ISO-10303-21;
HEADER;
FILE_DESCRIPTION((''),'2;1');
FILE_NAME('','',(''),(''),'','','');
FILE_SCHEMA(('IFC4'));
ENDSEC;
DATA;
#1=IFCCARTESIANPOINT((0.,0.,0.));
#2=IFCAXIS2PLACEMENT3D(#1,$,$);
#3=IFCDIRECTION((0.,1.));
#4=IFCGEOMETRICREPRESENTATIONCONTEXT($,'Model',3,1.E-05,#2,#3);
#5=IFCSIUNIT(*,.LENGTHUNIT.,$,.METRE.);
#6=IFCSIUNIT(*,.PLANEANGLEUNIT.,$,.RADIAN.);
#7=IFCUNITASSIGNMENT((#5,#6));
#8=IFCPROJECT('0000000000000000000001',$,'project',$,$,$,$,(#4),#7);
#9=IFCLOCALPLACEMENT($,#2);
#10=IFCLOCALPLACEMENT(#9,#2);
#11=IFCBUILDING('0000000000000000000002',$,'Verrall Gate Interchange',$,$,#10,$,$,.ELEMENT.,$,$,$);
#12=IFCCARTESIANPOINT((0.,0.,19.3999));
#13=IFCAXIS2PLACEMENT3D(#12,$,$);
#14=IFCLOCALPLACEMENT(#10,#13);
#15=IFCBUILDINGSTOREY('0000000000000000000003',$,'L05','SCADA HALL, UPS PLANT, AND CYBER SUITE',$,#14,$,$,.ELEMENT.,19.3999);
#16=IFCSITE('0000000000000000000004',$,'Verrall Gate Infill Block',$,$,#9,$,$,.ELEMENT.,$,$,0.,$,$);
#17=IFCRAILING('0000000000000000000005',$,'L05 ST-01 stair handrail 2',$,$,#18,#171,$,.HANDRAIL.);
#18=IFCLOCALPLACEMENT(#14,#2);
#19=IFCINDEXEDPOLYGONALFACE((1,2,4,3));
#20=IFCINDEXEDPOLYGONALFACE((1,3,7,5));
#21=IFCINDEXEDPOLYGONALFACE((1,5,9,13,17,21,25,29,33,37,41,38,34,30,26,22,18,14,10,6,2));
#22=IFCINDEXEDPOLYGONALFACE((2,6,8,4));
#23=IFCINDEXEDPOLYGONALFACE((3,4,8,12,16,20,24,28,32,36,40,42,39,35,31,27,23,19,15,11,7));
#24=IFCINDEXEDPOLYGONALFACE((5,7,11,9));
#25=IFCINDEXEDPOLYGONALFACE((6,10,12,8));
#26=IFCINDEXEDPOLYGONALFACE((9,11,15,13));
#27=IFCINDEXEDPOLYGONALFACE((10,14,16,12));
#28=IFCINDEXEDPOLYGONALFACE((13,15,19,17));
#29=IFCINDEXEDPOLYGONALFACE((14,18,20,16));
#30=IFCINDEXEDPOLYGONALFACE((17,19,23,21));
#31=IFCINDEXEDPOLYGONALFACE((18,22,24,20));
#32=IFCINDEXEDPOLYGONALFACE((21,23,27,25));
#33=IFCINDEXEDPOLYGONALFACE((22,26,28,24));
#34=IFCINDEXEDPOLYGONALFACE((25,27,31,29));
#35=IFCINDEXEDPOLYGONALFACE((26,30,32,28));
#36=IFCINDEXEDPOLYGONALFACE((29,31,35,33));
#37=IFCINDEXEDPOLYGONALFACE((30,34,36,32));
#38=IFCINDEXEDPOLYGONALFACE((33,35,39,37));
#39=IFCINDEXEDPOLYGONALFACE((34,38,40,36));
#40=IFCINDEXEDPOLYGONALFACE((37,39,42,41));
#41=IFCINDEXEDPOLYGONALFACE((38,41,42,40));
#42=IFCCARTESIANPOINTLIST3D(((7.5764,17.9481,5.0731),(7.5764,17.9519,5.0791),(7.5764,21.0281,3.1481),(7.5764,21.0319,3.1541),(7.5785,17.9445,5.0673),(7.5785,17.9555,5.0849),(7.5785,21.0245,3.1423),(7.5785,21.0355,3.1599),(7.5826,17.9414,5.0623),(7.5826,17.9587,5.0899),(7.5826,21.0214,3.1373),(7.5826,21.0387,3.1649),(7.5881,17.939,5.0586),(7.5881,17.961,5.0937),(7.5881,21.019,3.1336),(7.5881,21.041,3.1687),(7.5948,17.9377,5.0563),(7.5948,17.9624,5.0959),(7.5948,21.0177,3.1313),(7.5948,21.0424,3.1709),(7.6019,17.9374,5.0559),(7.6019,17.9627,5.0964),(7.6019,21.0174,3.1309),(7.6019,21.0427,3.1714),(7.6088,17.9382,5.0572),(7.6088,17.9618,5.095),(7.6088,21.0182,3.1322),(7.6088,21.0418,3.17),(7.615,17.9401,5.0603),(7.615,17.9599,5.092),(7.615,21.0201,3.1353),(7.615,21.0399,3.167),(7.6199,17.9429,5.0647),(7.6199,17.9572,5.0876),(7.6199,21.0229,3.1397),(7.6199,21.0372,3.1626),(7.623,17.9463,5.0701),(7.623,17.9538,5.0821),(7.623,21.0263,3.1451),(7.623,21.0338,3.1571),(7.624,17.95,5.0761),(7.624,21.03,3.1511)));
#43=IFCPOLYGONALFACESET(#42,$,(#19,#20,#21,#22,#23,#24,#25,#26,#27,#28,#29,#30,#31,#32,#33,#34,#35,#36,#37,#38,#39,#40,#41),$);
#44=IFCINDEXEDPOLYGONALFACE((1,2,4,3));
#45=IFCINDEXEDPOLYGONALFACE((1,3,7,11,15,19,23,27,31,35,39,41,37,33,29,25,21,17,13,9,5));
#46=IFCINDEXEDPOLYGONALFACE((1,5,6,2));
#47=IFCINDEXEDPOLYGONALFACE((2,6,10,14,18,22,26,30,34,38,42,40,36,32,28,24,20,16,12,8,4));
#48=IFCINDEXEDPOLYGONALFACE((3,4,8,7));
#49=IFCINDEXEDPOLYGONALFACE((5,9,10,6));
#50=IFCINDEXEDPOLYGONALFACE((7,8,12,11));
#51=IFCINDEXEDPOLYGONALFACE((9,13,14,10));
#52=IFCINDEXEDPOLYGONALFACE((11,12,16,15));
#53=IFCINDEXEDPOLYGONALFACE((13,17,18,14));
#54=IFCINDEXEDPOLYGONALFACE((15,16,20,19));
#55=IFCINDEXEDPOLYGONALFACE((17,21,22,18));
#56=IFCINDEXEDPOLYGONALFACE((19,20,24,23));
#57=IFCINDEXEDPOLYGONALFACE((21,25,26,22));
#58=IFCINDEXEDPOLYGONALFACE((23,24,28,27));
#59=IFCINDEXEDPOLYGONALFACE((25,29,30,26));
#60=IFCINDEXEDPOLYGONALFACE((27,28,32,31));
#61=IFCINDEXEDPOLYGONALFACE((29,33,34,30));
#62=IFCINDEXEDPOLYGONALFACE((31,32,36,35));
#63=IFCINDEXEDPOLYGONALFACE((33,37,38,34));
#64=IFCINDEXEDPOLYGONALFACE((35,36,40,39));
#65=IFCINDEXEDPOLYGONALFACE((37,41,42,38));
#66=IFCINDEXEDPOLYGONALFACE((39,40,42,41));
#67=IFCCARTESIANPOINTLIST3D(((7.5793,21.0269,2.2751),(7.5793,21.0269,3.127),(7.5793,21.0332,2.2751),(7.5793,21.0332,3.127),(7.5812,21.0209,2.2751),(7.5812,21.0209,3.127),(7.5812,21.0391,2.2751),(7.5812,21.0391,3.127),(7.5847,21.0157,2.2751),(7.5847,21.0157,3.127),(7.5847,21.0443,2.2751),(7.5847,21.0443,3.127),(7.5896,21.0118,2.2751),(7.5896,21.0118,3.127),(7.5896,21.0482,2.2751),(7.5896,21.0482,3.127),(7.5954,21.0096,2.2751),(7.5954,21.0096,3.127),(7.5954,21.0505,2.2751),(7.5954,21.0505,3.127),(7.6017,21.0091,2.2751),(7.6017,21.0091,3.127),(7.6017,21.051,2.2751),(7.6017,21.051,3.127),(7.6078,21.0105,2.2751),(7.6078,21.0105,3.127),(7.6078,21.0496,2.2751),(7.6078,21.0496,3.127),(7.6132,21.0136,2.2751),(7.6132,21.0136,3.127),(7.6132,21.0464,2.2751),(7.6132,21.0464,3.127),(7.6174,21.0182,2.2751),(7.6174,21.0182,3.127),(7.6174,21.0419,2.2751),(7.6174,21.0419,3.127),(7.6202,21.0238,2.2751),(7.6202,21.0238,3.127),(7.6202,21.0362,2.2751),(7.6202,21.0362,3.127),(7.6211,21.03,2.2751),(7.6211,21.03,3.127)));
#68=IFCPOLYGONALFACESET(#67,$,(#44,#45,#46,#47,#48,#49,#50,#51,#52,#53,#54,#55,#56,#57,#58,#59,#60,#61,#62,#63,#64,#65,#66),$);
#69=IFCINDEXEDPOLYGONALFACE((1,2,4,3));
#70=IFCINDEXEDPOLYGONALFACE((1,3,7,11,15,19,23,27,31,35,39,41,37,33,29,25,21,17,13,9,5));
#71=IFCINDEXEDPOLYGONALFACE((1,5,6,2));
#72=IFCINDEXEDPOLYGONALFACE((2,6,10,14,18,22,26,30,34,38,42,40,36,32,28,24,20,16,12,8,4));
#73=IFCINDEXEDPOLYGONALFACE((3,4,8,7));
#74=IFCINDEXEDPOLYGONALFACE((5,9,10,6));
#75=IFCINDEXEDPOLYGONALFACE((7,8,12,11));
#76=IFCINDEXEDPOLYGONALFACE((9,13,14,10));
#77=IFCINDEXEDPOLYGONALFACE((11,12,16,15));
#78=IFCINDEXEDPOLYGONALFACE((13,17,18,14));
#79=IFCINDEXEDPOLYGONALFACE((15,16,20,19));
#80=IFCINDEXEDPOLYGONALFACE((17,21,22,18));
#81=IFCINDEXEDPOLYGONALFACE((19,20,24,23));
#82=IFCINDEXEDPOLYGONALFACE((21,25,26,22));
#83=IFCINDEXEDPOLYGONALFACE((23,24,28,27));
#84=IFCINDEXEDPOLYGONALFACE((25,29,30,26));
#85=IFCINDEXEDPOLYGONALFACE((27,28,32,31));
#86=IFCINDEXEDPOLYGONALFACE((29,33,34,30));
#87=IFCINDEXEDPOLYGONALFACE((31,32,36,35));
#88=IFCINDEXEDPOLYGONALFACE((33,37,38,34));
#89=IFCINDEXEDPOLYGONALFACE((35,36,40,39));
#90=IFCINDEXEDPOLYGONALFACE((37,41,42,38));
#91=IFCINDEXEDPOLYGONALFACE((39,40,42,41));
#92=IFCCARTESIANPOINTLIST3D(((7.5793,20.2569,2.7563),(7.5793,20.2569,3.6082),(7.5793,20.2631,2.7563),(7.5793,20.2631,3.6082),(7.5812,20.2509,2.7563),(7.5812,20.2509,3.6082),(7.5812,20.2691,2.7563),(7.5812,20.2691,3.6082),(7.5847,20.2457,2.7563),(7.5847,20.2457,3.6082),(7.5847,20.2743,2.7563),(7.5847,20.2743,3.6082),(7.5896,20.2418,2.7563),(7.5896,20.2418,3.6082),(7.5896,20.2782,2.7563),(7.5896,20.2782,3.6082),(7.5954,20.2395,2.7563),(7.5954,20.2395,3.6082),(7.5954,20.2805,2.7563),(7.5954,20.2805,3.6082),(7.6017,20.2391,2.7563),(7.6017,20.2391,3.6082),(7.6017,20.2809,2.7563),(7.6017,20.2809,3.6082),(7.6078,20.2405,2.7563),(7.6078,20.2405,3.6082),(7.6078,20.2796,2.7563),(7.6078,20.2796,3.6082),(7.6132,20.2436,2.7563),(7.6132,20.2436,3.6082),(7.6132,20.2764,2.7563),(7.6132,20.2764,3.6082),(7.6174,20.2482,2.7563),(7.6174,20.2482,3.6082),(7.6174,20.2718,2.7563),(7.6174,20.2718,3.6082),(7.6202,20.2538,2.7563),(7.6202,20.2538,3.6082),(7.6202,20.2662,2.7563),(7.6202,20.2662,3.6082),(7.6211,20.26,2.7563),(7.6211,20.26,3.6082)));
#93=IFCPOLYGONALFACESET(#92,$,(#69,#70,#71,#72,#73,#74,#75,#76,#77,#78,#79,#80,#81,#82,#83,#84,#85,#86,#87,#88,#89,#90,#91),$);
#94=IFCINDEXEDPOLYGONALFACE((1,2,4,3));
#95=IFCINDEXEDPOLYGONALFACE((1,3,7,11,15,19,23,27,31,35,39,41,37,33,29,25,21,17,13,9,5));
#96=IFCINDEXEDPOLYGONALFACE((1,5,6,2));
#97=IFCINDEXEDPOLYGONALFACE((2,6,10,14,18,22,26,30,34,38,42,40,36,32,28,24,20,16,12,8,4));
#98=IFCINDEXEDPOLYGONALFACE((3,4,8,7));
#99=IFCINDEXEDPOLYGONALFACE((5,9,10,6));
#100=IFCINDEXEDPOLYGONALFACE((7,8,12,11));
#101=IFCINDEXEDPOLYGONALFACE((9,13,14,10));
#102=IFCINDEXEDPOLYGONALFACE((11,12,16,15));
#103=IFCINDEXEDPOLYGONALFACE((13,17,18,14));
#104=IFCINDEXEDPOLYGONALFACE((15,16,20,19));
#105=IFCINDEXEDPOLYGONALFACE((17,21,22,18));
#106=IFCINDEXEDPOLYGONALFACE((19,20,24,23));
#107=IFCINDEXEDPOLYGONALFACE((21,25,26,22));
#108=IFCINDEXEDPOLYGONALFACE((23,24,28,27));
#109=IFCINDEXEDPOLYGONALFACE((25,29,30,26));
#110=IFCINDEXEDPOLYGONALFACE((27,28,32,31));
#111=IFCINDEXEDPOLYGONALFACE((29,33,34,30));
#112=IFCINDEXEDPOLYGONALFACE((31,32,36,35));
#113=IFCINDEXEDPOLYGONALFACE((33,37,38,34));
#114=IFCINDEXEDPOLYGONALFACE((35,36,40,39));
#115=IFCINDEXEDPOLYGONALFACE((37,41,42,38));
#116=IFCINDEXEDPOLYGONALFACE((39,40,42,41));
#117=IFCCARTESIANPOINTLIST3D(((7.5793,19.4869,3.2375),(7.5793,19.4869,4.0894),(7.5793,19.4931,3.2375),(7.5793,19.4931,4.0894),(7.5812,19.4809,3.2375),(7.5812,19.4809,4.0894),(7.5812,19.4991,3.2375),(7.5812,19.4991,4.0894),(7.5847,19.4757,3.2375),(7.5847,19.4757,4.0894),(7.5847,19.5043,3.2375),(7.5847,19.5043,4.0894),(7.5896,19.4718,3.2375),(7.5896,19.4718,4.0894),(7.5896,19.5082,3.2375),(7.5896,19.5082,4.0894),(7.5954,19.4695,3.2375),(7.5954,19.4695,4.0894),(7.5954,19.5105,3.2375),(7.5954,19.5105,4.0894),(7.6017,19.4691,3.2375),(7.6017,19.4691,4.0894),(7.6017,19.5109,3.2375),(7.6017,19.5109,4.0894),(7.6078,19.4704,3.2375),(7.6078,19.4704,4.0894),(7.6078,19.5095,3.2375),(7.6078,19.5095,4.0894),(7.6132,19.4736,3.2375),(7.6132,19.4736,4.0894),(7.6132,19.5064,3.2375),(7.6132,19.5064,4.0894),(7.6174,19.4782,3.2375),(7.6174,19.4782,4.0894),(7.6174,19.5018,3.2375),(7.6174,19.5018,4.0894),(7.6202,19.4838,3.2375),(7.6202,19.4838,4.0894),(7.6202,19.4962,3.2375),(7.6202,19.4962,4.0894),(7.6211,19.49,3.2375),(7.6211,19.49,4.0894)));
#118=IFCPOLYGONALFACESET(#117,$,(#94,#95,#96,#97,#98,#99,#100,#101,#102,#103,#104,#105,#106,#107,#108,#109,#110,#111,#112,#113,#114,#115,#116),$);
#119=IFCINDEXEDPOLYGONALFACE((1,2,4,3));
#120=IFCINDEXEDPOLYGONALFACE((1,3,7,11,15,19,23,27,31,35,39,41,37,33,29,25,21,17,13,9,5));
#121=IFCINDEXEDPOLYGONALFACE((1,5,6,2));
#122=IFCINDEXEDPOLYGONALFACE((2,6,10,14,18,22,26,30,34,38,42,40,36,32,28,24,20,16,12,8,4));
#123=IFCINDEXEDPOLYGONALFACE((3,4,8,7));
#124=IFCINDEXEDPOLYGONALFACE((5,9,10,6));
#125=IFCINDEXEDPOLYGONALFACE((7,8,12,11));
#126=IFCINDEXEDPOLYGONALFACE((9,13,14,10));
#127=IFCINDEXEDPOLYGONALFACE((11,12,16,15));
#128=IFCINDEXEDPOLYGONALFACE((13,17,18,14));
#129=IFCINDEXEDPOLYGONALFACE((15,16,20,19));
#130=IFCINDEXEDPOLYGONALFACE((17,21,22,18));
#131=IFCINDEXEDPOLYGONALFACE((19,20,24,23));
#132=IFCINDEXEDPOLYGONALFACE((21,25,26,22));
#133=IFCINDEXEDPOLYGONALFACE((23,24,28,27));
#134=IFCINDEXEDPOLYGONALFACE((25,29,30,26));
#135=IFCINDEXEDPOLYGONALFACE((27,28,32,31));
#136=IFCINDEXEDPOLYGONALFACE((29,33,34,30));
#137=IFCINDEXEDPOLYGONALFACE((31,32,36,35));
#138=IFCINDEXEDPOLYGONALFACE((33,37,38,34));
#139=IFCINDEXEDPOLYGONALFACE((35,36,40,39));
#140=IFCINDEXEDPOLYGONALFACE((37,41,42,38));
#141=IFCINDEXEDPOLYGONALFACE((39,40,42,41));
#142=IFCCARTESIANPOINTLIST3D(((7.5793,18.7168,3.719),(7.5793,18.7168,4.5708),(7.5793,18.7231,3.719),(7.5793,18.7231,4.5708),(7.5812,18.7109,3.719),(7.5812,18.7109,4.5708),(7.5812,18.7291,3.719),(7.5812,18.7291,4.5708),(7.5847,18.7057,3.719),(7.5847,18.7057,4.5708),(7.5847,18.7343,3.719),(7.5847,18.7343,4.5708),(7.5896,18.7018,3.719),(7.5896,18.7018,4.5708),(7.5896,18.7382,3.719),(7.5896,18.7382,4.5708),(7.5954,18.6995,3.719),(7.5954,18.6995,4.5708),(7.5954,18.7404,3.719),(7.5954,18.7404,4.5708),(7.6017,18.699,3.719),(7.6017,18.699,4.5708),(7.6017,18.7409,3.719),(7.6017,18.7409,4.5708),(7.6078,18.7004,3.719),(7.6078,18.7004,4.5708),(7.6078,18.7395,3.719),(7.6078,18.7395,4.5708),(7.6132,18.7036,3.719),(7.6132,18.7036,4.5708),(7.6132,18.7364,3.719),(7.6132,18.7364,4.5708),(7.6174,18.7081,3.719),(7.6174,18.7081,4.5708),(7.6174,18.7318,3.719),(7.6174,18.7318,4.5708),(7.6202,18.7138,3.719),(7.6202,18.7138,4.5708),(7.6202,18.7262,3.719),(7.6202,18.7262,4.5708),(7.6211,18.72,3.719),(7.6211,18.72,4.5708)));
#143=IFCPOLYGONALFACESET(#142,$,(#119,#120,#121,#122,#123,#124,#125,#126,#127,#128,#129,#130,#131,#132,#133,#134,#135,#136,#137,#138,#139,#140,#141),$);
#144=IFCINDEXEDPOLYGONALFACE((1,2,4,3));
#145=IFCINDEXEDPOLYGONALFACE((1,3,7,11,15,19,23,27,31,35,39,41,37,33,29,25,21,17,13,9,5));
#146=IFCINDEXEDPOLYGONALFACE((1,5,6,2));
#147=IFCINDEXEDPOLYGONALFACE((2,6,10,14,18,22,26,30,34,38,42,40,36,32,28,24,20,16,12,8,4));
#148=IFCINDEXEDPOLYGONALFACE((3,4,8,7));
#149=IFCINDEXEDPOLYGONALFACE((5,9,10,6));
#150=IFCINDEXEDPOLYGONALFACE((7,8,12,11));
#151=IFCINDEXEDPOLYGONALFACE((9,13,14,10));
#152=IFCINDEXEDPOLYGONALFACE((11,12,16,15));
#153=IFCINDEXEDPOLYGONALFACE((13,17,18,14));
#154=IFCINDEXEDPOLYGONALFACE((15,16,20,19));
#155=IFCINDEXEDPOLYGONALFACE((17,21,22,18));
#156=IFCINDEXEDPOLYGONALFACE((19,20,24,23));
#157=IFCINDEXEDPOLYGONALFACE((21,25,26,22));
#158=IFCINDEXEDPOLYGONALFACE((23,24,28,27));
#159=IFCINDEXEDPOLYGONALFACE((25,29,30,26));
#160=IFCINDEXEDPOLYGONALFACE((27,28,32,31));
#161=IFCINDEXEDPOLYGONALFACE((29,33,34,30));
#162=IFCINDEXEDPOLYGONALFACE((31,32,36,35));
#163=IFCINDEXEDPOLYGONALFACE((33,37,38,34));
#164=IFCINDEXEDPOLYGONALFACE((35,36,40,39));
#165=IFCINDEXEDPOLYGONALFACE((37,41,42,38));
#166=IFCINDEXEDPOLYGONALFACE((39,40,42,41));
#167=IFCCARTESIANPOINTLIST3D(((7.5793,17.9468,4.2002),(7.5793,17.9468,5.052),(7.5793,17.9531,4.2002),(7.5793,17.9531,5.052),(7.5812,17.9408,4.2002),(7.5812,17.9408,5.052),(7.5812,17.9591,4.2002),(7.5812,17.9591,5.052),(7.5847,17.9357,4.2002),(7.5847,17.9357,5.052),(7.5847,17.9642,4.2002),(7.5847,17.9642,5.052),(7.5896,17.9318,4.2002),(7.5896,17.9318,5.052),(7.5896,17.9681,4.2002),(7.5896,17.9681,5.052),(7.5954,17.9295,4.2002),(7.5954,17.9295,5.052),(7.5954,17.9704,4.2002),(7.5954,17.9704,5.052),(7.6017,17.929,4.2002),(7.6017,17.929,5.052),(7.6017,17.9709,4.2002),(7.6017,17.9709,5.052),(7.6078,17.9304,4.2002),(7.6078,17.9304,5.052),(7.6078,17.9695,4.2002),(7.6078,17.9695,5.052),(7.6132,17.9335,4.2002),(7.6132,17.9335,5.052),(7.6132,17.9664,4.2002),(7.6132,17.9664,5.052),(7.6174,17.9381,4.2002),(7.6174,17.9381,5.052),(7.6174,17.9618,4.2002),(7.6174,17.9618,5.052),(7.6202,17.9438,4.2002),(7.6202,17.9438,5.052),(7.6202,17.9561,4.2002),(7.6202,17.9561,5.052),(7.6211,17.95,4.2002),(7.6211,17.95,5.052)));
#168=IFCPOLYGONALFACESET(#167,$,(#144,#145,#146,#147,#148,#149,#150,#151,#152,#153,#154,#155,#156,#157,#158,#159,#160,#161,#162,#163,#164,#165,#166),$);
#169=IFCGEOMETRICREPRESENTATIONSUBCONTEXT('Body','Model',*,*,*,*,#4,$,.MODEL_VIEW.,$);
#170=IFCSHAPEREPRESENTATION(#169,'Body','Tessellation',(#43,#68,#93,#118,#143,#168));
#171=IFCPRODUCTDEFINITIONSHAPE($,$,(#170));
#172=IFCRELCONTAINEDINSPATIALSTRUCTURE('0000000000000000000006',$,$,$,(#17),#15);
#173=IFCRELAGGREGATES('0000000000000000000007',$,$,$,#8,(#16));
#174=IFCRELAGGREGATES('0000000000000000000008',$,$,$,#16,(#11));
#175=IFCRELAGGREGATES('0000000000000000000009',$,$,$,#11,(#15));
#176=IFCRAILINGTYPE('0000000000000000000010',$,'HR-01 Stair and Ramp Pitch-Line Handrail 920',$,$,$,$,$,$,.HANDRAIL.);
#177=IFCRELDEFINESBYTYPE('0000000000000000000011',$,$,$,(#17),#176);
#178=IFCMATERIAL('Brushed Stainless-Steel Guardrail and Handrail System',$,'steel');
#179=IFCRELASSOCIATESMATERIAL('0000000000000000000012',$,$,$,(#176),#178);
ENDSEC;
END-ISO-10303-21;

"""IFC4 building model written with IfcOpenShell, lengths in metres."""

from ifc_helpers import new_model, si_unit, direction, frame, origin, origin_2d, place, context, subcontext, project, spatial, circle, extrude, material, type_object, element, save


model = new_model("IFC4")

# Units and contexts
model_context = context("Model", 3, precision=1e-05, world=origin(), true_north=direction((0.0, 1.0)))
body_context = subcontext(model_context, "Body", "Model", "MODEL_VIEW")
ifc_project = project(units=[si_unit("LENGTHUNIT", "METRE"), si_unit("PLANEANGLEUNIT", "RADIAN")], contexts=[model_context])

# Site, building, storey
site_placement = place(None, origin())
site = spatial("IfcSite", under=ifc_project, at=site_placement, Name="Verrall Gate Infill Block", CompositionType="ELEMENT", RefElevation=0.0)
building_placement = place(site_placement, origin())
building = spatial("IfcBuilding", under=site, at=building_placement, Name="Verrall Gate Interchange", CompositionType="ELEMENT")
storey_placement = place(building_placement, frame((0.0, 0.0, 19.3999)))
storey = spatial("IfcBuildingStorey", under=building, at=storey_placement, Name="L05", Description="SCADA HALL, UPS PLANT, AND CYBER SUITE", CompositionType="ELEMENT", Elevation=19.3999)

# Railing
ifc_material_1 = material(Name="Brushed Stainless-Steel Guardrail and Handrail System", Category="steel")
railing_type_1 = type_object("IfcRailingType", Name="HR-01 Stair and Ramp Pitch-Line Handrail 920", PredefinedType="HANDRAIL", material=ifc_material_1)
railing_1_placement = place(storey_placement, frame((7.6001, 21.03, 2.2751)))
element("IfcRailing", 1, at=railing_1_placement, inside=storey, type_object=railing_type_1, Name="L05 ST-01 stair handrail 2", PredefinedType="HANDRAIL", context=body_context, shape_type="SweptSolid", body=[
    extrude(circle(Radius=0.0239, at=origin_2d()), frame((0.0, 0.0, 0.876), z_axis=(0.0, -0.847998, 0.529999), x_axis=(1.0, 0.0, 0.0)), (0.0, 0.0, 1.0), 3.6321),
    extrude(circle(Radius=0.021, at=origin_2d()), origin(), (0.0, 0.0, 1.0), 0.8518),
    extrude(circle(Radius=0.021, at=origin_2d()), frame((0.0, -0.77, 0.4812)), (0.0, 0.0, 1.0), 0.8518),
    extrude(circle(Radius=0.021, at=origin_2d()), frame((0.0, -1.54, 0.9624)), (0.0, 0.0, 1.0), 0.8518),
    extrude(circle(Radius=0.021, at=origin_2d()), frame((0.0, -2.3101, 1.4438)), (0.0, 0.0, 1.0), 0.8518),
    extrude(circle(Radius=0.021, at=origin_2d()), frame((0.0, -3.0801, 1.925)), (0.0, 0.0, 1.0), 0.8518),
])

save(model, "model.ifc")
